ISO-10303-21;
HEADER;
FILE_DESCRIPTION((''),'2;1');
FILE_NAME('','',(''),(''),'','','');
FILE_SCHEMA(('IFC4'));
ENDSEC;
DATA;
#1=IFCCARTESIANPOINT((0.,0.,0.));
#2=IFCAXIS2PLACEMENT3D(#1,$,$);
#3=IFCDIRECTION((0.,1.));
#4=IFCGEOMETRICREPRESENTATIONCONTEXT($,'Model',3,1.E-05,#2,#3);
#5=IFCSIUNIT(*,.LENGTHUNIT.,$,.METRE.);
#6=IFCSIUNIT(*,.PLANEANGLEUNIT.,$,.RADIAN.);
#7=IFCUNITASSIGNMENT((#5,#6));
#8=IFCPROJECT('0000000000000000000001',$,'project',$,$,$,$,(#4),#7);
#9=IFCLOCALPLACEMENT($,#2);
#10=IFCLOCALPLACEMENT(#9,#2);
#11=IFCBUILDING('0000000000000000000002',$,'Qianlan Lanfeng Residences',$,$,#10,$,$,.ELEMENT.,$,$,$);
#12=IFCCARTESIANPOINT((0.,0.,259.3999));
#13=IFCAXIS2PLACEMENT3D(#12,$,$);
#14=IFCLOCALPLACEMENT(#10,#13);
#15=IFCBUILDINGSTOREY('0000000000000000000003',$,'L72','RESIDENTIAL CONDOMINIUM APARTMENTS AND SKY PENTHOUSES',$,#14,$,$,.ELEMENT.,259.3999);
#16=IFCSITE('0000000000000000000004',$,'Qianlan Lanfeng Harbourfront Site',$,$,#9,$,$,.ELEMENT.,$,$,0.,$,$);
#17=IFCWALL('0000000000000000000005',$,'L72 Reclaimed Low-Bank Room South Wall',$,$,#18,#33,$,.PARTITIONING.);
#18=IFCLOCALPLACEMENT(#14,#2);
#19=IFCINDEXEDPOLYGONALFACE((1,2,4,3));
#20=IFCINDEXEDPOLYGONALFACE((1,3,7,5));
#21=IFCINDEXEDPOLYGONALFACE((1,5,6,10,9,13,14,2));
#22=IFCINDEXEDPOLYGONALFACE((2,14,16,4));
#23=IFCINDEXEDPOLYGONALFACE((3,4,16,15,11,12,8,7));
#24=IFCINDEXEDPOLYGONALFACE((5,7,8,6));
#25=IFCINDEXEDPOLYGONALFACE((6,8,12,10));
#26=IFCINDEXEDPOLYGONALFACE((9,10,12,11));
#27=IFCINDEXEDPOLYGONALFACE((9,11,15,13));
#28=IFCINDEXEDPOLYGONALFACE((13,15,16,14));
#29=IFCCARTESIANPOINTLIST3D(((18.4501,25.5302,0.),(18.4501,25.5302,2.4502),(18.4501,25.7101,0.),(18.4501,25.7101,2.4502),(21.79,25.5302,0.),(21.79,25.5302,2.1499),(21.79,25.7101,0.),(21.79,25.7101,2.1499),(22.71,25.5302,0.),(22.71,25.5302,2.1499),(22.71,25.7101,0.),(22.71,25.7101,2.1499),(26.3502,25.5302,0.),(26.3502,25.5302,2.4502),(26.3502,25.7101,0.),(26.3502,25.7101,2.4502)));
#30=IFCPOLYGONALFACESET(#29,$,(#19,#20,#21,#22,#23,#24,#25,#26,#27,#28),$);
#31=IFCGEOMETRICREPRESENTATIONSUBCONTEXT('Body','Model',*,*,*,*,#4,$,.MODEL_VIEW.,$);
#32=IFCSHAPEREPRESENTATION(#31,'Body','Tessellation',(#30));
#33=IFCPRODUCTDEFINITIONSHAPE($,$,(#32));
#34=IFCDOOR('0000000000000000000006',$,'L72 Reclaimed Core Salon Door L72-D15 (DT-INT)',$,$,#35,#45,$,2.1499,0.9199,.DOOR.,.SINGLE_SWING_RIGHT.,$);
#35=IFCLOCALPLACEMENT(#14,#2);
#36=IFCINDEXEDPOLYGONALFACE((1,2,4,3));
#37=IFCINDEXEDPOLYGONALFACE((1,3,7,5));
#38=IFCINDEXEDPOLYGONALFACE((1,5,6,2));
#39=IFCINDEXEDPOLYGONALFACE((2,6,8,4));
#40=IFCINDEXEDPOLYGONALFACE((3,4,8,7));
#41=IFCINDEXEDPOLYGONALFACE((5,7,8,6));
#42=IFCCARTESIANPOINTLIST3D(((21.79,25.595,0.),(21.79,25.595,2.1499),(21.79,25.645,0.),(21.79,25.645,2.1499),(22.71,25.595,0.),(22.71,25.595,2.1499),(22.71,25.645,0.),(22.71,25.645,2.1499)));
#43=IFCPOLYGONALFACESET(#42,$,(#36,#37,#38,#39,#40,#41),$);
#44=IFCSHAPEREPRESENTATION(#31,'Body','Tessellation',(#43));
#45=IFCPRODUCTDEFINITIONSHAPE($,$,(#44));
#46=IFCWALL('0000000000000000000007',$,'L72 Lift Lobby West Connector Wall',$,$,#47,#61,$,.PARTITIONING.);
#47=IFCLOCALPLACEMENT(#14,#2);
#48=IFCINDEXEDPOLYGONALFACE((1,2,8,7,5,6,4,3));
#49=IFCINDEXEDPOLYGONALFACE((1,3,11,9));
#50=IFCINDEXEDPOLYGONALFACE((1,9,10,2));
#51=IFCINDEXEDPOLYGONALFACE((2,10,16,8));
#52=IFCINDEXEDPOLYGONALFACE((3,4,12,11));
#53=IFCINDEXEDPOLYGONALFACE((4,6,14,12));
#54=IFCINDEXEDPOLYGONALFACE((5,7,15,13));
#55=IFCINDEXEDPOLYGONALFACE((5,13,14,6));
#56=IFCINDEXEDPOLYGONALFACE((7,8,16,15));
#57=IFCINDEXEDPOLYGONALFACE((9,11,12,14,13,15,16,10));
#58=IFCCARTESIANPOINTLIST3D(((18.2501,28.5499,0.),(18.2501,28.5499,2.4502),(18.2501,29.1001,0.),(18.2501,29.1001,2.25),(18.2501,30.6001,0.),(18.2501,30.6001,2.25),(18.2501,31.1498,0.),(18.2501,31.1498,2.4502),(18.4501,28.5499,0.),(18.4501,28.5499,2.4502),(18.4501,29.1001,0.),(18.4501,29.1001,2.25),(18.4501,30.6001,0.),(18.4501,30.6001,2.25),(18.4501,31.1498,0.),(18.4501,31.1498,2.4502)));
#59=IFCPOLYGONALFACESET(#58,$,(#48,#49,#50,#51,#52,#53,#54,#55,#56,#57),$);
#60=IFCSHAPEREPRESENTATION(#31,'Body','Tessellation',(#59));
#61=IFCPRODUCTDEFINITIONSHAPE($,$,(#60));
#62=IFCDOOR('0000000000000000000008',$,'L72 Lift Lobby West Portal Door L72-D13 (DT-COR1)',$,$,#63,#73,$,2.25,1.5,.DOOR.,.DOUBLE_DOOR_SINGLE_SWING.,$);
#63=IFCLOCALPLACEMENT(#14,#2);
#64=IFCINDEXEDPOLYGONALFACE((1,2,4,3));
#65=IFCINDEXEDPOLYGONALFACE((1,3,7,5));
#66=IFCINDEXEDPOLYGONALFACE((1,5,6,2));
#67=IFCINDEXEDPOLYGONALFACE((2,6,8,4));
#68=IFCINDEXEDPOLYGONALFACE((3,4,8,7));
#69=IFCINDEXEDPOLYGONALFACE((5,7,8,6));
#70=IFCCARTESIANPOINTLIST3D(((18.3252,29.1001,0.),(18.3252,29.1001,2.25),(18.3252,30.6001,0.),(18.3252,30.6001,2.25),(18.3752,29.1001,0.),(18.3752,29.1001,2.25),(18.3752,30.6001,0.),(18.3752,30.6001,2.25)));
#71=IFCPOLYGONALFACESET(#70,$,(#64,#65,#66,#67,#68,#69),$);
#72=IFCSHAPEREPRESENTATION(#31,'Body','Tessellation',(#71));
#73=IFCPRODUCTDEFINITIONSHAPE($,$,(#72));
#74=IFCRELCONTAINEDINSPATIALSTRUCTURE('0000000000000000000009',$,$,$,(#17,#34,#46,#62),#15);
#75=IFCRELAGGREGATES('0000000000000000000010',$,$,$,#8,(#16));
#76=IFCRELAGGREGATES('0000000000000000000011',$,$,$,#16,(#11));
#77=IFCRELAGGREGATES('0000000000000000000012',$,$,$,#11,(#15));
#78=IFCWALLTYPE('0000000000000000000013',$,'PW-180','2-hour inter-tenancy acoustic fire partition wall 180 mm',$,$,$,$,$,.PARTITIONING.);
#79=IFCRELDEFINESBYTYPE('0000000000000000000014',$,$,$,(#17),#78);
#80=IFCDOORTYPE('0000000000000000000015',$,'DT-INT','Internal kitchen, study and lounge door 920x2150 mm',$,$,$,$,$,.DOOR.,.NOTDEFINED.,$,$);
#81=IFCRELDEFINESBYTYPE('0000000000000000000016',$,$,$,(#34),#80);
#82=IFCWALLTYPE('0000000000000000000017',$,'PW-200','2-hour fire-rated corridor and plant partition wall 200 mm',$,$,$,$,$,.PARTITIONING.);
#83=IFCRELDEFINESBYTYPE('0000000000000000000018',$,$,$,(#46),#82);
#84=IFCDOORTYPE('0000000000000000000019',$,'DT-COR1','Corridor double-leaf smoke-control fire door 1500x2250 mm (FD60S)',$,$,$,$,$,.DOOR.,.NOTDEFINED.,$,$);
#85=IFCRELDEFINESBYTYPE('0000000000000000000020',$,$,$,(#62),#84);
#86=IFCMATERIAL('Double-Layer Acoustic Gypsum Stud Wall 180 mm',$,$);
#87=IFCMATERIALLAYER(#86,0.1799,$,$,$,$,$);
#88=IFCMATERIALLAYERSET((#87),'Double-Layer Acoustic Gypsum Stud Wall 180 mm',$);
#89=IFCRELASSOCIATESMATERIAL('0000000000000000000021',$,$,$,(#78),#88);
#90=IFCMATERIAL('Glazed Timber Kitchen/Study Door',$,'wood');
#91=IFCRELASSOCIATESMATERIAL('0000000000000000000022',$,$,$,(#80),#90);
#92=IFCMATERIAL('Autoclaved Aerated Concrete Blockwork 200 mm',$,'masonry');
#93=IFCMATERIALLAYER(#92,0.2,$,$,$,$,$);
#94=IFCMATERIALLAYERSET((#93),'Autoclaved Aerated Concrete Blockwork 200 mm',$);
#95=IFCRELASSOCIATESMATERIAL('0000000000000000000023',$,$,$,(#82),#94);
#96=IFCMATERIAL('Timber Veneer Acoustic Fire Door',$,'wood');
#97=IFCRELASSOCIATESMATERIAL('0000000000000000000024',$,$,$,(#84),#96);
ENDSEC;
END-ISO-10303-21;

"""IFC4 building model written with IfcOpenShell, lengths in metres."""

from ifc_helpers import new_model, si_unit, direction, frame, frame_2d, origin, place, context, subcontext, project, spatial, rectangle, extrude, material, layer, layer_set, type_object, element, fill, save


model = new_model("IFC4")

# Units and contexts
model_context = context("Model", 3, precision=1e-05, world=origin(), true_north=direction((0.0, 1.0)))
body_context = subcontext(model_context, "Body", "Model", "MODEL_VIEW")
ifc_project = project(units=[si_unit("LENGTHUNIT", "METRE"), si_unit("PLANEANGLEUNIT", "RADIAN")], contexts=[model_context])

# Site, building, storey
site_placement = place(None, origin())
site = spatial("IfcSite", under=ifc_project, at=site_placement, Name="Qianlan Lanfeng Harbourfront Site", CompositionType="ELEMENT", RefElevation=0.0)
building_placement = place(site_placement, origin())
building = spatial("IfcBuilding", under=site, at=building_placement, Name="Qianlan Lanfeng Residences", CompositionType="ELEMENT")
storey_placement = place(building_placement, frame((0.0, 0.0, 259.3999)))
storey = spatial("IfcBuildingStorey", under=building, at=storey_placement, Name="L72", Description="RESIDENTIAL CONDOMINIUM APARTMENTS AND SKY PENTHOUSES", CompositionType="ELEMENT", Elevation=259.3999)

# Shared definitions
ifc_material_1 = material(Name="Double-Layer Acoustic Gypsum Stud Wall 180 mm")
ifc_layer_1 = layer(ifc_material_1, 0.1799)
ifc_layer_set_1 = layer_set([ifc_layer_1], Name="Double-Layer Acoustic Gypsum Stud Wall 180 mm")
wall_type_1 = type_object("IfcWallType", Name="PW-180", Description="2-hour inter-tenancy acoustic fire partition wall 180 mm", PredefinedType="PARTITIONING", material=ifc_layer_set_1)
ifc_material_2 = material(Name="Glazed Timber Kitchen/Study Door", Category="wood")
door_type_1 = type_object("IfcDoorType", Name="DT-INT", Description="Internal kitchen, study and lounge door 920x2150 mm", OperationType="NOTDEFINED", PredefinedType="DOOR", material=ifc_material_2)

# Walls, openings, doors
wall_1_placement = place(storey_placement, frame((18.45, 25.6201, 0.0), z_axis=(0.0, 0.0, 1.0), x_axis=(1.0, 0.0, 0.0)))
wall_1 = element("IfcWall", 1, at=wall_1_placement, inside=storey, type_object=wall_type_1, Name="L72 Reclaimed Low-Bank Room South Wall", PredefinedType="PARTITIONING", context=body_context, shape_type="SweptSolid", body=[
    extrude(rectangle(XDim=7.9001, YDim=0.1799, at=frame_2d((3.9502, 0.0))), origin(), (0.0, 0.0, 1.0), 2.4502),
])
opening_1_placement = place(wall_1_placement, frame((3.3401, 0.0, 0.0)))
opening_1 = element("IfcOpeningElement", 2, at=opening_1_placement, cuts=wall_1, PredefinedType="OPENING", context=body_context, shape_type="SweptSolid", body=[
    extrude(rectangle(XDim=0.9199, YDim=2.1499, at=frame_2d((0.46, 1.075))), frame((0.0, 0.1001, 0.0), z_axis=(0.0, -1.0, 0.0), x_axis=(1.0, 0.0, 0.0)), (0.0, 0.0, 1.0), 0.2),
])
door_1_placement = place(opening_1_placement, origin())
door_1 = element("IfcDoor", 3, at=door_1_placement, inside=storey, type_object=door_type_1, Name="L72 Reclaimed Core Salon Door L72-D15 (DT-INT)", OperationType="SINGLE_SWING_RIGHT", OverallHeight=2.1499, OverallWidth=0.9199, PredefinedType="DOOR", context=body_context, shape_type="SweptSolid", body=[
    extrude(rectangle(XDim=0.9199, YDim=2.1499, at=frame_2d((0.46, 1.075))), frame((0.0, 0.0249, 0.0), z_axis=(0.0, -1.0, 0.0), x_axis=(1.0, 0.0, 0.0)), (0.0, 0.0, 1.0), 0.05),
])
fill(opening_1, door_1)
ifc_material_3 = material(Name="Autoclaved Aerated Concrete Blockwork 200 mm", Category="masonry")
ifc_layer_2 = layer(ifc_material_3, 0.2)
ifc_layer_set_2 = layer_set([ifc_layer_2], Name="Autoclaved Aerated Concrete Blockwork 200 mm")
wall_type_2 = type_object("IfcWallType", Name="PW-200", Description="2-hour fire-rated corridor and plant partition wall 200 mm", PredefinedType="PARTITIONING", material=ifc_layer_set_2)
wall_2_placement = place(storey_placement, frame((18.3501, 28.55, 0.0), z_axis=(0.0, 0.0, 1.0), x_axis=(0.0, 1.0, 0.0)))
wall_2 = element("IfcWall", 4, at=wall_2_placement, inside=storey, type_object=wall_type_2, Name="L72 Lift Lobby West Connector Wall", PredefinedType="PARTITIONING", context=body_context, shape_type="SweptSolid", body=[
    extrude(rectangle(XDim=2.5999, YDim=0.2, at=frame_2d((1.2998, 0.0))), origin(), (0.0, 0.0, 1.0), 2.4502),
])
opening_2_placement = place(wall_2_placement, frame((0.55, 0.0, 0.0)))
opening_2 = element("IfcOpeningElement", 5, at=opening_2_placement, cuts=wall_2, PredefinedType="OPENING", context=body_context, shape_type="SweptSolid", body=[
    extrude(rectangle(XDim=1.5, YDim=2.25, at=frame_2d((0.75, 1.125))), frame((0.0, 0.1099, 0.0), z_axis=(0.0, -1.0, 0.0), x_axis=(1.0, 0.0, 0.0)), (0.0, 0.0, 1.0), 0.22),
])
ifc_material_4 = material(Name="Timber Veneer Acoustic Fire Door", Category="wood")
door_type_2 = type_object("IfcDoorType", Name="DT-COR1", Description="Corridor double-leaf smoke-control fire door 1500x2250 mm (FD60S)", OperationType="NOTDEFINED", PredefinedType="DOOR", material=ifc_material_4)
door_2_placement = place(opening_2_placement, origin())
door_2 = element("IfcDoor", 6, at=door_2_placement, inside=storey, type_object=door_type_2, Name="L72 Lift Lobby West Portal Door L72-D13 (DT-COR1)", OperationType="DOUBLE_DOOR_SINGLE_SWING", OverallHeight=2.25, OverallWidth=1.5, PredefinedType="DOOR", context=body_context, shape_type="SweptSolid", body=[
    extrude(rectangle(XDim=1.5, YDim=2.25, at=frame_2d((0.75, 1.125))), frame((0.0, 0.0249, 0.0), z_axis=(0.0, -1.0, 0.0), x_axis=(1.0, 0.0, 0.0)), (0.0, 0.0, 1.0), 0.05),
])
fill(opening_2, door_2)

save(model, "model.ifc")
